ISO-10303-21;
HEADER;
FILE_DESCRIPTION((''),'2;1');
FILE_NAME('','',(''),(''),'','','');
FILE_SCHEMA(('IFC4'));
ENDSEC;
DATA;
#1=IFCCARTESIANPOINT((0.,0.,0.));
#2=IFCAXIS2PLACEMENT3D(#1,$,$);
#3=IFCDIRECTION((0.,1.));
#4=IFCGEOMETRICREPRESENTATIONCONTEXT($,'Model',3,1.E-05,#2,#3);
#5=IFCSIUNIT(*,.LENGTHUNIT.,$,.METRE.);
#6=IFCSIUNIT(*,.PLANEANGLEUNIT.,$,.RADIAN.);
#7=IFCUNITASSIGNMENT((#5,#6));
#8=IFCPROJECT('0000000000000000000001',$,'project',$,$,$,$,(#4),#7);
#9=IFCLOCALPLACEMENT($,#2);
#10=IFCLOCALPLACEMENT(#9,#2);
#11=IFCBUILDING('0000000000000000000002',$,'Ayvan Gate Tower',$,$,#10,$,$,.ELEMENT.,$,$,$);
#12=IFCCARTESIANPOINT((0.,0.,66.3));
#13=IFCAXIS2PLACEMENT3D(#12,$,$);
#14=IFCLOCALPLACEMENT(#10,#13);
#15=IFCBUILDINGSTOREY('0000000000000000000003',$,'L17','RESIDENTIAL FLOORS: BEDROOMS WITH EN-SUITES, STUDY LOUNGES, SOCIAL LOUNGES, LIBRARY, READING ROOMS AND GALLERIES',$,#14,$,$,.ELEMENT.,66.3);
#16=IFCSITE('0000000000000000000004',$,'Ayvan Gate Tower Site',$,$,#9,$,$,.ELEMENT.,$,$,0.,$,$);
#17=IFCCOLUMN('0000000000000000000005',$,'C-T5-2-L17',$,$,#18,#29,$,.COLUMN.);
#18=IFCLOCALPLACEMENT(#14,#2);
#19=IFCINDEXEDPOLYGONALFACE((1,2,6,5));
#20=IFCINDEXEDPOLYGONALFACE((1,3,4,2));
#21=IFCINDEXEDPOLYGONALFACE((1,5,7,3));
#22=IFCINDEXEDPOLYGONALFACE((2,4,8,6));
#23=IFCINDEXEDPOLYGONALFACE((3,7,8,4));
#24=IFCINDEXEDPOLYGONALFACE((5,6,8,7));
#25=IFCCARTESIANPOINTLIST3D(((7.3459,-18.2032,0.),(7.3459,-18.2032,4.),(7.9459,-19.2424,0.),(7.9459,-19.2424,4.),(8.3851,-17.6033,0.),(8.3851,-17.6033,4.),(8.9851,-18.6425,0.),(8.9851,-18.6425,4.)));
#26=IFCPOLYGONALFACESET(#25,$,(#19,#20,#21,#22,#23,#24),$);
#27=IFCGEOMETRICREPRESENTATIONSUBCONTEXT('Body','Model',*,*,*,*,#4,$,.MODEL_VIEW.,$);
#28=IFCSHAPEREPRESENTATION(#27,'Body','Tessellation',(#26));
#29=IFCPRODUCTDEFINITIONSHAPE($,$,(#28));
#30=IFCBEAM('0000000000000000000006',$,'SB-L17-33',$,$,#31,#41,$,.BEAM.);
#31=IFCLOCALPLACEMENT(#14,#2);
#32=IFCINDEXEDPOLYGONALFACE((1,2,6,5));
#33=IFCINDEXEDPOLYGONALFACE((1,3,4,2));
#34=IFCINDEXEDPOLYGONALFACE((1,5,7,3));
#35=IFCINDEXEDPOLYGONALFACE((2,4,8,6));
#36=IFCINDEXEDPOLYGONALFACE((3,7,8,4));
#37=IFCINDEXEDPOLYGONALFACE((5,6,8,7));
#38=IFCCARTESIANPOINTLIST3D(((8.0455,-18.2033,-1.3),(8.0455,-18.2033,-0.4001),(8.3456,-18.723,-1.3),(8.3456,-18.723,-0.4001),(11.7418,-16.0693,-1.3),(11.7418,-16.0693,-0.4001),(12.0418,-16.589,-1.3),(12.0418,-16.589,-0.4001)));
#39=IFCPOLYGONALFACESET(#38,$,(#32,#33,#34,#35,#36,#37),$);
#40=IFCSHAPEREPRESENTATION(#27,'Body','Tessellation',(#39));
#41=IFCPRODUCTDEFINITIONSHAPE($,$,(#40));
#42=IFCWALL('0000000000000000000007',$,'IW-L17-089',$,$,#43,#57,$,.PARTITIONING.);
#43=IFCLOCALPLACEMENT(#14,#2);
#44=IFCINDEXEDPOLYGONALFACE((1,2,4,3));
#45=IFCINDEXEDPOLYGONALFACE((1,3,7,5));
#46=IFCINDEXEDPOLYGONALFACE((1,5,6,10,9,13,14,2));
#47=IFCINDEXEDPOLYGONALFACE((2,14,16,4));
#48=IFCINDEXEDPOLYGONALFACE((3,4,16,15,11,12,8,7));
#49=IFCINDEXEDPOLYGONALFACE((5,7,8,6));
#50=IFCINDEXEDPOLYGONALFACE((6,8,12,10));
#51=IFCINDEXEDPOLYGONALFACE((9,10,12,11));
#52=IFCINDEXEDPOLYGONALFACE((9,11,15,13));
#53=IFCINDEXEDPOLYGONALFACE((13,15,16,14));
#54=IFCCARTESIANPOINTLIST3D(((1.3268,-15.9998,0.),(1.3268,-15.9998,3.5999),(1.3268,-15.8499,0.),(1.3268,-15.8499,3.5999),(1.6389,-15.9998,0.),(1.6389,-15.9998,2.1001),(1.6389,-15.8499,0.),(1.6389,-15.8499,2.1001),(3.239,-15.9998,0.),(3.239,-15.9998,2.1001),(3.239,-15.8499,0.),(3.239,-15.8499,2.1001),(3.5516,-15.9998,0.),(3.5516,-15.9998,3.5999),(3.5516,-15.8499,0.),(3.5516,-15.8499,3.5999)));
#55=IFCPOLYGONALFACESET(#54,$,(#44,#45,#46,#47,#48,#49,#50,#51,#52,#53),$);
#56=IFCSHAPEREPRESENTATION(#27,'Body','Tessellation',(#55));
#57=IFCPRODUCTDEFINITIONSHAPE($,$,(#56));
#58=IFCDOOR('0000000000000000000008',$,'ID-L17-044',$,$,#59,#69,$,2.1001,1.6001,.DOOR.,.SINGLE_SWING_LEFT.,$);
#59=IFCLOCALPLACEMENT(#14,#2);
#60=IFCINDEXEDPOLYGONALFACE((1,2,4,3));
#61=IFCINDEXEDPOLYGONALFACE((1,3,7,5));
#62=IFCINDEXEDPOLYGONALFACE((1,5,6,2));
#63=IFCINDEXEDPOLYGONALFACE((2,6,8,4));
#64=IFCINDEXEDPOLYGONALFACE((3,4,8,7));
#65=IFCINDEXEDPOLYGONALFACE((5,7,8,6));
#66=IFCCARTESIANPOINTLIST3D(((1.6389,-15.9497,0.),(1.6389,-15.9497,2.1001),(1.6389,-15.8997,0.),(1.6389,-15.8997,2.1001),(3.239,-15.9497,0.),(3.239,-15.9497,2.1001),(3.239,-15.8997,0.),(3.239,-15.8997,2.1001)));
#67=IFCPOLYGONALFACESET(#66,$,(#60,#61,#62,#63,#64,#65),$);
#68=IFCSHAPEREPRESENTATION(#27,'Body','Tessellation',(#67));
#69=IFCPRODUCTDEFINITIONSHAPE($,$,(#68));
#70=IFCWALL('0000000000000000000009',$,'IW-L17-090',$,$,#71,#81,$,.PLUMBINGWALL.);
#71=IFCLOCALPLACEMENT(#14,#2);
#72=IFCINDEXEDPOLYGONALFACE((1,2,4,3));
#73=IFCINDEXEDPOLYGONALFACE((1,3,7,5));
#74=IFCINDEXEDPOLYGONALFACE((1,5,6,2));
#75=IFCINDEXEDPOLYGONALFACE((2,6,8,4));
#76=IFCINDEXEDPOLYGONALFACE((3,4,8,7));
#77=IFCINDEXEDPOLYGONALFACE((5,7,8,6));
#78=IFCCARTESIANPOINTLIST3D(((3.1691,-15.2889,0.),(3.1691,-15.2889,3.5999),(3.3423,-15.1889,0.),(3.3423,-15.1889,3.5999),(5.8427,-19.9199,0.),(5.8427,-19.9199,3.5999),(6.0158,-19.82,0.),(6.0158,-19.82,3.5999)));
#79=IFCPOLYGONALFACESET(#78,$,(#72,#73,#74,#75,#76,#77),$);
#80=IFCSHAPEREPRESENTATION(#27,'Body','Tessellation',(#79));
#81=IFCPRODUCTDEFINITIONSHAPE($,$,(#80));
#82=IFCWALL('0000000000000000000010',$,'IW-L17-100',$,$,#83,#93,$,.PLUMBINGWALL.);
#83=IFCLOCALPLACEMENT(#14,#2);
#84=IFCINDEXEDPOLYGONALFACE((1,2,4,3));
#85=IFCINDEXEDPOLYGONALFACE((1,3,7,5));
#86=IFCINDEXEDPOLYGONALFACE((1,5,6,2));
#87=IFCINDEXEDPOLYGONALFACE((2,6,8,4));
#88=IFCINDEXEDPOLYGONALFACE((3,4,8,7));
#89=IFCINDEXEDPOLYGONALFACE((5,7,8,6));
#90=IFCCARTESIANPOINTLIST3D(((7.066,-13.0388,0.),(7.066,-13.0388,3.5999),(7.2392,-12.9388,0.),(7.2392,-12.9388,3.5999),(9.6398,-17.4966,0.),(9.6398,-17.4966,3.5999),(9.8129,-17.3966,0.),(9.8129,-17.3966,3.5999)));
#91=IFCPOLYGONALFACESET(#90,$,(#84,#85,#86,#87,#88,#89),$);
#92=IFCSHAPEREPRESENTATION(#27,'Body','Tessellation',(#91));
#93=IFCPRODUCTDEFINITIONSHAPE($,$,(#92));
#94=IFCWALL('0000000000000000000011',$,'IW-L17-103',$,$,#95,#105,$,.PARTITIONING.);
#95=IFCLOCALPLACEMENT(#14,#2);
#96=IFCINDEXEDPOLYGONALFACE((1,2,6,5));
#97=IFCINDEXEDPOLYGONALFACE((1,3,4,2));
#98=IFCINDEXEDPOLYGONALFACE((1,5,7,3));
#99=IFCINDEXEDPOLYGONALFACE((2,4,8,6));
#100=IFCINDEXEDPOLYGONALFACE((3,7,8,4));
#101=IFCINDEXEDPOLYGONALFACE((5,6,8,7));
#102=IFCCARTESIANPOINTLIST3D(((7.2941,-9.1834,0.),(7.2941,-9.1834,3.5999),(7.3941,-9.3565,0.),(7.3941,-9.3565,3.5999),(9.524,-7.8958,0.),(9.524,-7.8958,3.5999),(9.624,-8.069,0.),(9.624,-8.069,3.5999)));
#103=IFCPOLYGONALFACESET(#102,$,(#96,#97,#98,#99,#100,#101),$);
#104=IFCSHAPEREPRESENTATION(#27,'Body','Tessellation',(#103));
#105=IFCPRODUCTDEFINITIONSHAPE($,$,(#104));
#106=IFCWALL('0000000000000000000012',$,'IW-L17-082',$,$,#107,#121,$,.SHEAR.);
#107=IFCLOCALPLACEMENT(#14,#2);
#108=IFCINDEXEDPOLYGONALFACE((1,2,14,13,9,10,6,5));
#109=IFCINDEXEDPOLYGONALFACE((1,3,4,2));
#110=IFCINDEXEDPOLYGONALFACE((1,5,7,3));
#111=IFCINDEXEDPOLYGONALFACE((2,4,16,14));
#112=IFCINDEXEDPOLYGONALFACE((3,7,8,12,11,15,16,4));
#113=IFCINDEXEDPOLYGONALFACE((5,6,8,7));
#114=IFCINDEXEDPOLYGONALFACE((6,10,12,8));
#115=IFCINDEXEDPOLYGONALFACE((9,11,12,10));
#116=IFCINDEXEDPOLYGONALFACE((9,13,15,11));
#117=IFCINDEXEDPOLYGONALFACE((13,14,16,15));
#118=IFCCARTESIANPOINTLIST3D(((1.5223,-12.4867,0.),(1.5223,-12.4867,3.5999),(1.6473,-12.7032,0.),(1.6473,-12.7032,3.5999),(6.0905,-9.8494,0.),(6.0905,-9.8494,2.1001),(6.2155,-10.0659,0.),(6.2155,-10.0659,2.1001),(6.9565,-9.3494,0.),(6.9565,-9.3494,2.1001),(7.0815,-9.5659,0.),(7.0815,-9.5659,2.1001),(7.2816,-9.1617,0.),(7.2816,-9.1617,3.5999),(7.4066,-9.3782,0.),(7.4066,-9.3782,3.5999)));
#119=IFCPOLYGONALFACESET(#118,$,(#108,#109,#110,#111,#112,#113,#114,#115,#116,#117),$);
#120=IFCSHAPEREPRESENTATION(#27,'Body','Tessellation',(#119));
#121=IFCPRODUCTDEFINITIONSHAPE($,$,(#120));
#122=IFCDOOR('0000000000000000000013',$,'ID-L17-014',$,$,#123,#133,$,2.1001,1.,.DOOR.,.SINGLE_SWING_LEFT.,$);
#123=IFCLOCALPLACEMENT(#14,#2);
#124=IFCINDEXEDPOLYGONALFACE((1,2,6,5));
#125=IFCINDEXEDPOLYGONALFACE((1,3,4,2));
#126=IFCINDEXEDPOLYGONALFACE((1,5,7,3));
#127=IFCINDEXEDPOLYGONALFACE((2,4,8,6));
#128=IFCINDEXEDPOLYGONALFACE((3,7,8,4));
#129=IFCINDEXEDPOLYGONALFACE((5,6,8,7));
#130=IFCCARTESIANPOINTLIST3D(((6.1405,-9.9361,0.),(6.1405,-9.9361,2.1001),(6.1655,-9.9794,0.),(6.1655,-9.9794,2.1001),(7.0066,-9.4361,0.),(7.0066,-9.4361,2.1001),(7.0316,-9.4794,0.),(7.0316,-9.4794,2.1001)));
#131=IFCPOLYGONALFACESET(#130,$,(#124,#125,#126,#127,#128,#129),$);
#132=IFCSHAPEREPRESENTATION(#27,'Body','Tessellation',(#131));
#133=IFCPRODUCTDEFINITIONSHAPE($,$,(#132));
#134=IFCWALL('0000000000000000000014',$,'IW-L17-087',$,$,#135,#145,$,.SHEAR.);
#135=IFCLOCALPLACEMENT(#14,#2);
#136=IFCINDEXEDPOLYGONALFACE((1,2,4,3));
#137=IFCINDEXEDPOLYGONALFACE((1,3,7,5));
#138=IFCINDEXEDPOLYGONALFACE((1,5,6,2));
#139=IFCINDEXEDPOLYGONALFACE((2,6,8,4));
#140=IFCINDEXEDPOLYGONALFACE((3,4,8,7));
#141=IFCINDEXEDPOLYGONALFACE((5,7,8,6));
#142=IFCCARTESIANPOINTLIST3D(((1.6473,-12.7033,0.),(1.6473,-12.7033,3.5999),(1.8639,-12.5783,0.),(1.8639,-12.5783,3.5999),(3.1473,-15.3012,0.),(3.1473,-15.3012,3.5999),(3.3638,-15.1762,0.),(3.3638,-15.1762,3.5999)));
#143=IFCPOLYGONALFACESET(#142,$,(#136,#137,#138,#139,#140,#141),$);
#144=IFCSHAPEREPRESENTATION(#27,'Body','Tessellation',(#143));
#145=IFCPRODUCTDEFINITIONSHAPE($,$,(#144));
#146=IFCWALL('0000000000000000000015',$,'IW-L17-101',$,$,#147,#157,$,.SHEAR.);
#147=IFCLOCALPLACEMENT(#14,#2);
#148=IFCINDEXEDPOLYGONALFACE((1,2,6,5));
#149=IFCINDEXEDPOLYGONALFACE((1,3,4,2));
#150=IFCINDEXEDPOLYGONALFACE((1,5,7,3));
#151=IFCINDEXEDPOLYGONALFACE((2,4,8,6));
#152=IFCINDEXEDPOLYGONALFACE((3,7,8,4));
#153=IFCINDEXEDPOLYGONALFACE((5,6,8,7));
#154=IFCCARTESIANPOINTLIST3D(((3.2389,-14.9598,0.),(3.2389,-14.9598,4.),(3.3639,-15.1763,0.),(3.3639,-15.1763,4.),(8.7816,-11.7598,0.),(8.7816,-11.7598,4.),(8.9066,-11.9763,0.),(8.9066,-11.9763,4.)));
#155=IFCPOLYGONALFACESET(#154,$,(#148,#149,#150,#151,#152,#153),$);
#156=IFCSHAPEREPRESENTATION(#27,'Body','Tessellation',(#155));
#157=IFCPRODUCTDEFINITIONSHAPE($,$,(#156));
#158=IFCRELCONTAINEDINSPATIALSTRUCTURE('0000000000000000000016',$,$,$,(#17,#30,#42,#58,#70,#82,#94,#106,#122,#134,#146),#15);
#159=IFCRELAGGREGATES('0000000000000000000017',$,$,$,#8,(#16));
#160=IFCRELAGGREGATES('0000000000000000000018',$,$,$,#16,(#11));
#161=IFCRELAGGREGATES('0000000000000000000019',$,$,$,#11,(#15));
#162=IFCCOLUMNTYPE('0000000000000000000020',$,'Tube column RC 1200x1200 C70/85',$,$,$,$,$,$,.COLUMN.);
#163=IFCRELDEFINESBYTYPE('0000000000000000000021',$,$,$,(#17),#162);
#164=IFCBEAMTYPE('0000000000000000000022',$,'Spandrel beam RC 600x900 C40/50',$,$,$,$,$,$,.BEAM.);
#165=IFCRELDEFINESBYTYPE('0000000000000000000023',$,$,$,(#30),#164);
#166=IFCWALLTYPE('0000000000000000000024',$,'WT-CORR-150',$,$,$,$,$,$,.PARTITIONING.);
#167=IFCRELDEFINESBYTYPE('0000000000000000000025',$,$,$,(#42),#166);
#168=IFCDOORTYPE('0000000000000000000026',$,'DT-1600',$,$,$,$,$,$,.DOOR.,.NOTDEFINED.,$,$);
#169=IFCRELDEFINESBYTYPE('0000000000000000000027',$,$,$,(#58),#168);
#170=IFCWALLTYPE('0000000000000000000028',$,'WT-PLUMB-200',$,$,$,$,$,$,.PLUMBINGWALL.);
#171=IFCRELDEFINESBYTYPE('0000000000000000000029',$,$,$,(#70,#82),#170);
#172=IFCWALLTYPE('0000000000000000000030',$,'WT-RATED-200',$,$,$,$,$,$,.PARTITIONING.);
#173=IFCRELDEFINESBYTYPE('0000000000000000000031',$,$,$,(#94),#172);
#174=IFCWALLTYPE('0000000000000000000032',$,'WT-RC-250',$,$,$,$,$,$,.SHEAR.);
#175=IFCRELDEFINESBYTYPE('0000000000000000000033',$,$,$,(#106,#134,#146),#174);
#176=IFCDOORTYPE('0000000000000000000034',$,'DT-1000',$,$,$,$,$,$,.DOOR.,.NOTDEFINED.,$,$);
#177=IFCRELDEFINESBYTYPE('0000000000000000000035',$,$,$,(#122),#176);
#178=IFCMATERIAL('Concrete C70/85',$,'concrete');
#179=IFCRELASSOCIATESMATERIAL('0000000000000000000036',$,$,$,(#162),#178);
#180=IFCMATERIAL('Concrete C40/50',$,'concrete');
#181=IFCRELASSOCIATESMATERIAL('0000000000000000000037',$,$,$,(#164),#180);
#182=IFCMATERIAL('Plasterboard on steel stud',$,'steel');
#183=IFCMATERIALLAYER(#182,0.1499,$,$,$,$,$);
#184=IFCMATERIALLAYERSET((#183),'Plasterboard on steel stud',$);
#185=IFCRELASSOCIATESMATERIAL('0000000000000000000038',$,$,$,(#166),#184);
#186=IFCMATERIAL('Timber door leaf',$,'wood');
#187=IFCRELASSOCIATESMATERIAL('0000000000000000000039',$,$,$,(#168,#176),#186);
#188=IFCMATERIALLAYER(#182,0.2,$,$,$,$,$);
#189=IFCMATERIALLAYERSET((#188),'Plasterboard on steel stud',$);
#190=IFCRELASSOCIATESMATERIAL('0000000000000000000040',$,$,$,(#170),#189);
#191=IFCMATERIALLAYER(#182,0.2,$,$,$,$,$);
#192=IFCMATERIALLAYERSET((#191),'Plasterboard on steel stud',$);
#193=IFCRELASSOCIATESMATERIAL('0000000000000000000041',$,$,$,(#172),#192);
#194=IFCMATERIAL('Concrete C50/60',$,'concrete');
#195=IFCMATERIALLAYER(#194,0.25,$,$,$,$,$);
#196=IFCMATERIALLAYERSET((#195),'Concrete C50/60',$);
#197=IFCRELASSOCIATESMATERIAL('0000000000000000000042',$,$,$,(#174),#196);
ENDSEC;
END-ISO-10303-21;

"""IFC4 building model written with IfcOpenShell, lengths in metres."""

from ifc_helpers import new_model, si_unit, direction, frame, frame_2d, origin, origin_2d, place, context, subcontext, project, spatial, rectangle, extrude, material, layer, layer_set, material_profile, profile_set, type_object, element, fill, save


model = new_model("IFC4")

# Units and contexts
model_context = context("Model", 3, precision=1e-05, world=origin(), true_north=direction((0.0, 1.0)))
body_context = subcontext(model_context, "Body", "Model", "MODEL_VIEW")
ifc_project = project(units=[si_unit("LENGTHUNIT", "METRE"), si_unit("PLANEANGLEUNIT", "RADIAN")], contexts=[model_context])

# Site, building, storey
site_placement = place(None, origin())
site = spatial("IfcSite", under=ifc_project, at=site_placement, Name="Ayvan Gate Tower Site", CompositionType="ELEMENT", RefElevation=0.0)
building_placement = place(site_placement, origin())
building = spatial("IfcBuilding", under=site, at=building_placement, Name="Ayvan Gate Tower", CompositionType="ELEMENT")
storey_placement = place(building_placement, frame((0.0, 0.0, 66.3)))
storey = spatial("IfcBuildingStorey", under=building, at=storey_placement, Name="L17", Description="RESIDENTIAL FLOORS: BEDROOMS WITH EN-SUITES, STUDY LOUNGES, SOCIAL LOUNGES, LIBRARY, READING ROOMS AND GALLERIES", CompositionType="ELEMENT", Elevation=66.3)

# Column
ifc_material_1 = material(Name="Concrete C70/85", Category="concrete")
ifc_material_profile_1 = material_profile(ifc_material_1, rectangle(XDim=1.2, YDim=1.2, at=origin_2d()), Name="RC 1200x1200")
ifc_profile_set_1 = profile_set([ifc_material_profile_1], Name="Concrete C70/85")
column_type = type_object("IfcColumnType", Name="Tube column RC 1200x1200 C70/85", PredefinedType="COLUMN", material=ifc_profile_set_1)
column_placement = place(storey_placement, frame((8.1655, -18.4229, 0.0), z_axis=(0.0, 0.0, 1.0), x_axis=(0.5, -0.866025, 0.0)))
element("IfcColumn", 1, at=column_placement, inside=storey, type_object=column_type, Name="C-T5-2-L17", PredefinedType="COLUMN", context=body_context, shape_type="SweptSolid", body=[
    extrude(rectangle(XDim=1.2, YDim=1.2, at=origin_2d()), origin(), (0.0, 0.0, 1.0), 4.0),
])

# Beam
ifc_material_2 = material(Name="Concrete C40/50", Category="concrete")
ifc_material_profile_2 = material_profile(ifc_material_2, rectangle(XDim=0.6001, YDim=0.8999, at=origin_2d()), Name="RC 600x900")
ifc_profile_set_2 = profile_set([ifc_material_profile_2], Name="Concrete C40/50")
beam_type = type_object("IfcBeamType", Name="Spandrel beam RC 600x900 C40/50", PredefinedType="BEAM", material=ifc_profile_set_2)
beam_placement = place(storey_placement, frame((8.1956, -18.4631, -0.8501), z_axis=(0.866027, 0.499996, 0.0), x_axis=(-0.499996, 0.866027, 0.0)))
element("IfcBeam", 2, at=beam_placement, inside=storey, type_object=beam_type, Name="SB-L17-33", PredefinedType="BEAM", context=body_context, shape_type="SweptSolid", body=[
    extrude(rectangle(XDim=0.6001, YDim=0.8999, at=origin_2d()), origin(), (0.0, 0.0, 1.0), 4.2681),
])

# Wall, opening, door
ifc_material_3 = material(Name="Plasterboard on steel stud", Category="steel")
ifc_layer_1 = layer(ifc_material_3, 0.1499)
ifc_layer_set_1 = layer_set([ifc_layer_1], Name="Plasterboard on steel stud")
wall_type_1 = type_object("IfcWallType", Name="WT-CORR-150", PredefinedType="PARTITIONING", material=ifc_layer_set_1)
wall_1_placement = place(storey_placement, frame((3.5515, -15.9248, 0.0), z_axis=(0.0, 0.0, 1.0), x_axis=(-1.0, 0.0, 0.0)))
wall_1 = element("IfcWall", 3, at=wall_1_placement, inside=storey, type_object=wall_type_1, Name="IW-L17-089", PredefinedType="PARTITIONING", context=body_context, shape_type="SweptSolid", body=[
    extrude(rectangle(XDim=2.2249, YDim=0.1499, at=frame_2d((1.1123, 0.0))), origin(), (0.0, 0.0, 1.0), 3.5999),
])
opening_1_placement = place(wall_1_placement, frame((0.3125, 0.0, 0.0)))
opening_1 = element("IfcOpeningElement", 4, at=opening_1_placement, cuts=wall_1, PredefinedType="OPENING", context=body_context, shape_type="SweptSolid", body=[
    extrude(rectangle(XDim=1.6001, YDim=2.1001, at=frame_2d((0.8, 1.05))), frame((0.0, 0.085, 0.0), z_axis=(0.0, -1.0, 0.0), x_axis=(1.0, 0.0, 0.0)), (0.0, 0.0, 1.0), 0.1699),
])
ifc_material_4 = material(Name="Timber door leaf", Category="wood")
door_type_1 = type_object("IfcDoorType", Name="DT-1600", OperationType="NOTDEFINED", PredefinedType="DOOR", material=ifc_material_4)
door_1_placement = place(opening_1_placement, origin())
door_1 = element("IfcDoor", 5, at=door_1_placement, inside=storey, type_object=door_type_1, Name="ID-L17-044", OperationType="SINGLE_SWING_LEFT", OverallHeight=2.1001, OverallWidth=1.6001, PredefinedType="DOOR", context=body_context, shape_type="SweptSolid", body=[
    extrude(rectangle(XDim=1.6001, YDim=2.1001, at=frame_2d((0.8, 1.05))), frame((0.0, 0.0249, 0.0), z_axis=(0.0, -1.0, 0.0), x_axis=(1.0, 0.0, 0.0)), (0.0, 0.0, 1.0), 0.05),
])
fill(opening_1, door_1)

# Walls
ifc_layer_2 = layer(ifc_material_3, 0.2)
ifc_layer_set_2 = layer_set([ifc_layer_2], Name="Plasterboard on steel stud")
wall_type_2 = type_object("IfcWallType", Name="WT-PLUMB-200", PredefinedType="PLUMBINGWALL", material=ifc_layer_set_2)
wall_2_placement = place(storey_placement, frame((3.2556, -15.2388, 0.0), z_axis=(0.0, 0.0, 1.0), x_axis=(0.499974, -0.86604, 0.0)))
element("IfcWall", 6, at=wall_2_placement, inside=storey, type_object=wall_type_2, Name="IW-L17-090", PredefinedType="PLUMBINGWALL", context=body_context, shape_type="SweptSolid", body=[
    extrude(rectangle(XDim=5.3474, YDim=0.2, at=frame_2d((2.6738, 0.0))), origin(), (0.0, 0.0, 1.0), 3.5999),
])
wall_3_placement = place(storey_placement, frame((7.1526, -12.9888, 0.0), z_axis=(0.0, 0.0, 1.0), x_axis=(0.500006, -0.866022, 0.0)))
element("IfcWall", 7, at=wall_3_placement, inside=storey, type_object=wall_type_2, Name="IW-L17-100", PredefinedType="PLUMBINGWALL", context=body_context, shape_type="SweptSolid", body=[
    extrude(rectangle(XDim=5.1475, YDim=0.2, at=frame_2d((2.5737, 0.0))), origin(), (0.0, 0.0, 1.0), 3.5999),
])
ifc_layer_3 = layer(ifc_material_3, 0.2)
ifc_layer_set_3 = layer_set([ifc_layer_3], Name="Plasterboard on steel stud")
wall_type_3 = type_object("IfcWallType", Name="WT-RATED-200", PredefinedType="PARTITIONING", material=ifc_layer_set_3)
wall_4_placement = place(storey_placement, frame((7.344, -9.27, 0.0), z_axis=(0.0, 0.0, 1.0), x_axis=(0.866006, 0.500034, 0.0)))
element("IfcWall", 8, at=wall_4_placement, inside=storey, type_object=wall_type_3, Name="IW-L17-103", PredefinedType="PARTITIONING", context=body_context, shape_type="SweptSolid", body=[
    extrude(rectangle(XDim=2.575, YDim=0.2, at=frame_2d((1.2876, 0.0))), origin(), (0.0, 0.0, 1.0), 3.5999),
])

# Wall, opening, door
ifc_material_5 = material(Name="Concrete C50/60", Category="concrete")
ifc_layer_4 = layer(ifc_material_5, 0.25)
ifc_layer_set_4 = layer_set([ifc_layer_4], Name="Concrete C50/60")
wall_type_4 = type_object("IfcWallType", Name="WT-RC-250", PredefinedType="SHEAR", material=ifc_layer_set_4)
wall_5_placement = place(storey_placement, frame((1.5847, -12.595, 0.0), z_axis=(0.0, 0.0, 1.0), x_axis=(0.866036, 0.499981, 0.0)))
wall_5 = element("IfcWall", 9, at=wall_5_placement, inside=storey, type_object=wall_type_4, Name="IW-L17-082", PredefinedType="SHEAR", context=body_context, shape_type="SweptSolid", body=[
    extrude(rectangle(XDim=6.6501, YDim=0.25, at=frame_2d((3.3252, 0.0))), origin(), (0.0, 0.0, 1.0), 3.5999),
])
opening_2_placement = place(wall_5_placement, frame((5.2749, 0.0, 0.0)))
opening_2 = element("IfcOpeningElement", 10, at=opening_2_placement, cuts=wall_5, PredefinedType="OPENING", context=body_context, shape_type="SweptSolid", body=[
    extrude(rectangle(XDim=1.0, YDim=2.1001, at=frame_2d((0.5, 1.05))), frame((0.0, 0.135, 0.0), z_axis=(0.0, -1.0, 0.0), x_axis=(1.0, 0.0, 0.0)), (0.0, 0.0, 1.0), 0.27),
])
door_type_2 = type_object("IfcDoorType", Name="DT-1000", OperationType="NOTDEFINED", PredefinedType="DOOR", material=ifc_material_4)
door_2_placement = place(opening_2_placement, origin())
door_2 = element("IfcDoor", 11, at=door_2_placement, inside=storey, type_object=door_type_2, Name="ID-L17-014", OperationType="SINGLE_SWING_LEFT", OverallHeight=2.1001, OverallWidth=1.0, PredefinedType="DOOR", context=body_context, shape_type="SweptSolid", body=[
    extrude(rectangle(XDim=1.0, YDim=2.1001, at=frame_2d((0.5, 1.05))), frame((0.0, 0.0249, 0.0), z_axis=(0.0, -1.0, 0.0), x_axis=(1.0, 0.0, 0.0)), (0.0, 0.0, 1.0), 0.05),
])
fill(opening_2, door_2)

# Walls
wall_6_placement = place(storey_placement, frame((3.2556, -15.2388, 0.0), z_axis=(0.0, 0.0, 1.0), x_axis=(-0.500025, 0.866011, 0.0)))
element("IfcWall", 12, at=wall_6_placement, inside=storey, type_object=wall_type_4, Name="IW-L17-087", PredefinedType="SHEAR", context=body_context, shape_type="SweptSolid", body=[
    extrude(rectangle(XDim=2.9998, YDim=0.25, at=frame_2d((1.5, 0.0))), origin(), (0.0, 0.0, 1.0), 3.5999),
])
wall_7_placement = place(storey_placement, frame((3.3013, -15.0681, 0.0), z_axis=(0.0, 0.0, 1.0), x_axis=(0.866035, 0.499983, 0.0)))
element("IfcWall", 13, at=wall_7_placement, inside=storey, type_object=wall_type_4, Name="IW-L17-101", PredefinedType="SHEAR", context=body_context, shape_type="SweptSolid", body=[
    extrude(rectangle(XDim=6.4001, YDim=0.25, at=frame_2d((3.2002, 0.0))), origin(), (0.0, 0.0, 1.0), 4.0),
])

save(model, "model.ifc")
